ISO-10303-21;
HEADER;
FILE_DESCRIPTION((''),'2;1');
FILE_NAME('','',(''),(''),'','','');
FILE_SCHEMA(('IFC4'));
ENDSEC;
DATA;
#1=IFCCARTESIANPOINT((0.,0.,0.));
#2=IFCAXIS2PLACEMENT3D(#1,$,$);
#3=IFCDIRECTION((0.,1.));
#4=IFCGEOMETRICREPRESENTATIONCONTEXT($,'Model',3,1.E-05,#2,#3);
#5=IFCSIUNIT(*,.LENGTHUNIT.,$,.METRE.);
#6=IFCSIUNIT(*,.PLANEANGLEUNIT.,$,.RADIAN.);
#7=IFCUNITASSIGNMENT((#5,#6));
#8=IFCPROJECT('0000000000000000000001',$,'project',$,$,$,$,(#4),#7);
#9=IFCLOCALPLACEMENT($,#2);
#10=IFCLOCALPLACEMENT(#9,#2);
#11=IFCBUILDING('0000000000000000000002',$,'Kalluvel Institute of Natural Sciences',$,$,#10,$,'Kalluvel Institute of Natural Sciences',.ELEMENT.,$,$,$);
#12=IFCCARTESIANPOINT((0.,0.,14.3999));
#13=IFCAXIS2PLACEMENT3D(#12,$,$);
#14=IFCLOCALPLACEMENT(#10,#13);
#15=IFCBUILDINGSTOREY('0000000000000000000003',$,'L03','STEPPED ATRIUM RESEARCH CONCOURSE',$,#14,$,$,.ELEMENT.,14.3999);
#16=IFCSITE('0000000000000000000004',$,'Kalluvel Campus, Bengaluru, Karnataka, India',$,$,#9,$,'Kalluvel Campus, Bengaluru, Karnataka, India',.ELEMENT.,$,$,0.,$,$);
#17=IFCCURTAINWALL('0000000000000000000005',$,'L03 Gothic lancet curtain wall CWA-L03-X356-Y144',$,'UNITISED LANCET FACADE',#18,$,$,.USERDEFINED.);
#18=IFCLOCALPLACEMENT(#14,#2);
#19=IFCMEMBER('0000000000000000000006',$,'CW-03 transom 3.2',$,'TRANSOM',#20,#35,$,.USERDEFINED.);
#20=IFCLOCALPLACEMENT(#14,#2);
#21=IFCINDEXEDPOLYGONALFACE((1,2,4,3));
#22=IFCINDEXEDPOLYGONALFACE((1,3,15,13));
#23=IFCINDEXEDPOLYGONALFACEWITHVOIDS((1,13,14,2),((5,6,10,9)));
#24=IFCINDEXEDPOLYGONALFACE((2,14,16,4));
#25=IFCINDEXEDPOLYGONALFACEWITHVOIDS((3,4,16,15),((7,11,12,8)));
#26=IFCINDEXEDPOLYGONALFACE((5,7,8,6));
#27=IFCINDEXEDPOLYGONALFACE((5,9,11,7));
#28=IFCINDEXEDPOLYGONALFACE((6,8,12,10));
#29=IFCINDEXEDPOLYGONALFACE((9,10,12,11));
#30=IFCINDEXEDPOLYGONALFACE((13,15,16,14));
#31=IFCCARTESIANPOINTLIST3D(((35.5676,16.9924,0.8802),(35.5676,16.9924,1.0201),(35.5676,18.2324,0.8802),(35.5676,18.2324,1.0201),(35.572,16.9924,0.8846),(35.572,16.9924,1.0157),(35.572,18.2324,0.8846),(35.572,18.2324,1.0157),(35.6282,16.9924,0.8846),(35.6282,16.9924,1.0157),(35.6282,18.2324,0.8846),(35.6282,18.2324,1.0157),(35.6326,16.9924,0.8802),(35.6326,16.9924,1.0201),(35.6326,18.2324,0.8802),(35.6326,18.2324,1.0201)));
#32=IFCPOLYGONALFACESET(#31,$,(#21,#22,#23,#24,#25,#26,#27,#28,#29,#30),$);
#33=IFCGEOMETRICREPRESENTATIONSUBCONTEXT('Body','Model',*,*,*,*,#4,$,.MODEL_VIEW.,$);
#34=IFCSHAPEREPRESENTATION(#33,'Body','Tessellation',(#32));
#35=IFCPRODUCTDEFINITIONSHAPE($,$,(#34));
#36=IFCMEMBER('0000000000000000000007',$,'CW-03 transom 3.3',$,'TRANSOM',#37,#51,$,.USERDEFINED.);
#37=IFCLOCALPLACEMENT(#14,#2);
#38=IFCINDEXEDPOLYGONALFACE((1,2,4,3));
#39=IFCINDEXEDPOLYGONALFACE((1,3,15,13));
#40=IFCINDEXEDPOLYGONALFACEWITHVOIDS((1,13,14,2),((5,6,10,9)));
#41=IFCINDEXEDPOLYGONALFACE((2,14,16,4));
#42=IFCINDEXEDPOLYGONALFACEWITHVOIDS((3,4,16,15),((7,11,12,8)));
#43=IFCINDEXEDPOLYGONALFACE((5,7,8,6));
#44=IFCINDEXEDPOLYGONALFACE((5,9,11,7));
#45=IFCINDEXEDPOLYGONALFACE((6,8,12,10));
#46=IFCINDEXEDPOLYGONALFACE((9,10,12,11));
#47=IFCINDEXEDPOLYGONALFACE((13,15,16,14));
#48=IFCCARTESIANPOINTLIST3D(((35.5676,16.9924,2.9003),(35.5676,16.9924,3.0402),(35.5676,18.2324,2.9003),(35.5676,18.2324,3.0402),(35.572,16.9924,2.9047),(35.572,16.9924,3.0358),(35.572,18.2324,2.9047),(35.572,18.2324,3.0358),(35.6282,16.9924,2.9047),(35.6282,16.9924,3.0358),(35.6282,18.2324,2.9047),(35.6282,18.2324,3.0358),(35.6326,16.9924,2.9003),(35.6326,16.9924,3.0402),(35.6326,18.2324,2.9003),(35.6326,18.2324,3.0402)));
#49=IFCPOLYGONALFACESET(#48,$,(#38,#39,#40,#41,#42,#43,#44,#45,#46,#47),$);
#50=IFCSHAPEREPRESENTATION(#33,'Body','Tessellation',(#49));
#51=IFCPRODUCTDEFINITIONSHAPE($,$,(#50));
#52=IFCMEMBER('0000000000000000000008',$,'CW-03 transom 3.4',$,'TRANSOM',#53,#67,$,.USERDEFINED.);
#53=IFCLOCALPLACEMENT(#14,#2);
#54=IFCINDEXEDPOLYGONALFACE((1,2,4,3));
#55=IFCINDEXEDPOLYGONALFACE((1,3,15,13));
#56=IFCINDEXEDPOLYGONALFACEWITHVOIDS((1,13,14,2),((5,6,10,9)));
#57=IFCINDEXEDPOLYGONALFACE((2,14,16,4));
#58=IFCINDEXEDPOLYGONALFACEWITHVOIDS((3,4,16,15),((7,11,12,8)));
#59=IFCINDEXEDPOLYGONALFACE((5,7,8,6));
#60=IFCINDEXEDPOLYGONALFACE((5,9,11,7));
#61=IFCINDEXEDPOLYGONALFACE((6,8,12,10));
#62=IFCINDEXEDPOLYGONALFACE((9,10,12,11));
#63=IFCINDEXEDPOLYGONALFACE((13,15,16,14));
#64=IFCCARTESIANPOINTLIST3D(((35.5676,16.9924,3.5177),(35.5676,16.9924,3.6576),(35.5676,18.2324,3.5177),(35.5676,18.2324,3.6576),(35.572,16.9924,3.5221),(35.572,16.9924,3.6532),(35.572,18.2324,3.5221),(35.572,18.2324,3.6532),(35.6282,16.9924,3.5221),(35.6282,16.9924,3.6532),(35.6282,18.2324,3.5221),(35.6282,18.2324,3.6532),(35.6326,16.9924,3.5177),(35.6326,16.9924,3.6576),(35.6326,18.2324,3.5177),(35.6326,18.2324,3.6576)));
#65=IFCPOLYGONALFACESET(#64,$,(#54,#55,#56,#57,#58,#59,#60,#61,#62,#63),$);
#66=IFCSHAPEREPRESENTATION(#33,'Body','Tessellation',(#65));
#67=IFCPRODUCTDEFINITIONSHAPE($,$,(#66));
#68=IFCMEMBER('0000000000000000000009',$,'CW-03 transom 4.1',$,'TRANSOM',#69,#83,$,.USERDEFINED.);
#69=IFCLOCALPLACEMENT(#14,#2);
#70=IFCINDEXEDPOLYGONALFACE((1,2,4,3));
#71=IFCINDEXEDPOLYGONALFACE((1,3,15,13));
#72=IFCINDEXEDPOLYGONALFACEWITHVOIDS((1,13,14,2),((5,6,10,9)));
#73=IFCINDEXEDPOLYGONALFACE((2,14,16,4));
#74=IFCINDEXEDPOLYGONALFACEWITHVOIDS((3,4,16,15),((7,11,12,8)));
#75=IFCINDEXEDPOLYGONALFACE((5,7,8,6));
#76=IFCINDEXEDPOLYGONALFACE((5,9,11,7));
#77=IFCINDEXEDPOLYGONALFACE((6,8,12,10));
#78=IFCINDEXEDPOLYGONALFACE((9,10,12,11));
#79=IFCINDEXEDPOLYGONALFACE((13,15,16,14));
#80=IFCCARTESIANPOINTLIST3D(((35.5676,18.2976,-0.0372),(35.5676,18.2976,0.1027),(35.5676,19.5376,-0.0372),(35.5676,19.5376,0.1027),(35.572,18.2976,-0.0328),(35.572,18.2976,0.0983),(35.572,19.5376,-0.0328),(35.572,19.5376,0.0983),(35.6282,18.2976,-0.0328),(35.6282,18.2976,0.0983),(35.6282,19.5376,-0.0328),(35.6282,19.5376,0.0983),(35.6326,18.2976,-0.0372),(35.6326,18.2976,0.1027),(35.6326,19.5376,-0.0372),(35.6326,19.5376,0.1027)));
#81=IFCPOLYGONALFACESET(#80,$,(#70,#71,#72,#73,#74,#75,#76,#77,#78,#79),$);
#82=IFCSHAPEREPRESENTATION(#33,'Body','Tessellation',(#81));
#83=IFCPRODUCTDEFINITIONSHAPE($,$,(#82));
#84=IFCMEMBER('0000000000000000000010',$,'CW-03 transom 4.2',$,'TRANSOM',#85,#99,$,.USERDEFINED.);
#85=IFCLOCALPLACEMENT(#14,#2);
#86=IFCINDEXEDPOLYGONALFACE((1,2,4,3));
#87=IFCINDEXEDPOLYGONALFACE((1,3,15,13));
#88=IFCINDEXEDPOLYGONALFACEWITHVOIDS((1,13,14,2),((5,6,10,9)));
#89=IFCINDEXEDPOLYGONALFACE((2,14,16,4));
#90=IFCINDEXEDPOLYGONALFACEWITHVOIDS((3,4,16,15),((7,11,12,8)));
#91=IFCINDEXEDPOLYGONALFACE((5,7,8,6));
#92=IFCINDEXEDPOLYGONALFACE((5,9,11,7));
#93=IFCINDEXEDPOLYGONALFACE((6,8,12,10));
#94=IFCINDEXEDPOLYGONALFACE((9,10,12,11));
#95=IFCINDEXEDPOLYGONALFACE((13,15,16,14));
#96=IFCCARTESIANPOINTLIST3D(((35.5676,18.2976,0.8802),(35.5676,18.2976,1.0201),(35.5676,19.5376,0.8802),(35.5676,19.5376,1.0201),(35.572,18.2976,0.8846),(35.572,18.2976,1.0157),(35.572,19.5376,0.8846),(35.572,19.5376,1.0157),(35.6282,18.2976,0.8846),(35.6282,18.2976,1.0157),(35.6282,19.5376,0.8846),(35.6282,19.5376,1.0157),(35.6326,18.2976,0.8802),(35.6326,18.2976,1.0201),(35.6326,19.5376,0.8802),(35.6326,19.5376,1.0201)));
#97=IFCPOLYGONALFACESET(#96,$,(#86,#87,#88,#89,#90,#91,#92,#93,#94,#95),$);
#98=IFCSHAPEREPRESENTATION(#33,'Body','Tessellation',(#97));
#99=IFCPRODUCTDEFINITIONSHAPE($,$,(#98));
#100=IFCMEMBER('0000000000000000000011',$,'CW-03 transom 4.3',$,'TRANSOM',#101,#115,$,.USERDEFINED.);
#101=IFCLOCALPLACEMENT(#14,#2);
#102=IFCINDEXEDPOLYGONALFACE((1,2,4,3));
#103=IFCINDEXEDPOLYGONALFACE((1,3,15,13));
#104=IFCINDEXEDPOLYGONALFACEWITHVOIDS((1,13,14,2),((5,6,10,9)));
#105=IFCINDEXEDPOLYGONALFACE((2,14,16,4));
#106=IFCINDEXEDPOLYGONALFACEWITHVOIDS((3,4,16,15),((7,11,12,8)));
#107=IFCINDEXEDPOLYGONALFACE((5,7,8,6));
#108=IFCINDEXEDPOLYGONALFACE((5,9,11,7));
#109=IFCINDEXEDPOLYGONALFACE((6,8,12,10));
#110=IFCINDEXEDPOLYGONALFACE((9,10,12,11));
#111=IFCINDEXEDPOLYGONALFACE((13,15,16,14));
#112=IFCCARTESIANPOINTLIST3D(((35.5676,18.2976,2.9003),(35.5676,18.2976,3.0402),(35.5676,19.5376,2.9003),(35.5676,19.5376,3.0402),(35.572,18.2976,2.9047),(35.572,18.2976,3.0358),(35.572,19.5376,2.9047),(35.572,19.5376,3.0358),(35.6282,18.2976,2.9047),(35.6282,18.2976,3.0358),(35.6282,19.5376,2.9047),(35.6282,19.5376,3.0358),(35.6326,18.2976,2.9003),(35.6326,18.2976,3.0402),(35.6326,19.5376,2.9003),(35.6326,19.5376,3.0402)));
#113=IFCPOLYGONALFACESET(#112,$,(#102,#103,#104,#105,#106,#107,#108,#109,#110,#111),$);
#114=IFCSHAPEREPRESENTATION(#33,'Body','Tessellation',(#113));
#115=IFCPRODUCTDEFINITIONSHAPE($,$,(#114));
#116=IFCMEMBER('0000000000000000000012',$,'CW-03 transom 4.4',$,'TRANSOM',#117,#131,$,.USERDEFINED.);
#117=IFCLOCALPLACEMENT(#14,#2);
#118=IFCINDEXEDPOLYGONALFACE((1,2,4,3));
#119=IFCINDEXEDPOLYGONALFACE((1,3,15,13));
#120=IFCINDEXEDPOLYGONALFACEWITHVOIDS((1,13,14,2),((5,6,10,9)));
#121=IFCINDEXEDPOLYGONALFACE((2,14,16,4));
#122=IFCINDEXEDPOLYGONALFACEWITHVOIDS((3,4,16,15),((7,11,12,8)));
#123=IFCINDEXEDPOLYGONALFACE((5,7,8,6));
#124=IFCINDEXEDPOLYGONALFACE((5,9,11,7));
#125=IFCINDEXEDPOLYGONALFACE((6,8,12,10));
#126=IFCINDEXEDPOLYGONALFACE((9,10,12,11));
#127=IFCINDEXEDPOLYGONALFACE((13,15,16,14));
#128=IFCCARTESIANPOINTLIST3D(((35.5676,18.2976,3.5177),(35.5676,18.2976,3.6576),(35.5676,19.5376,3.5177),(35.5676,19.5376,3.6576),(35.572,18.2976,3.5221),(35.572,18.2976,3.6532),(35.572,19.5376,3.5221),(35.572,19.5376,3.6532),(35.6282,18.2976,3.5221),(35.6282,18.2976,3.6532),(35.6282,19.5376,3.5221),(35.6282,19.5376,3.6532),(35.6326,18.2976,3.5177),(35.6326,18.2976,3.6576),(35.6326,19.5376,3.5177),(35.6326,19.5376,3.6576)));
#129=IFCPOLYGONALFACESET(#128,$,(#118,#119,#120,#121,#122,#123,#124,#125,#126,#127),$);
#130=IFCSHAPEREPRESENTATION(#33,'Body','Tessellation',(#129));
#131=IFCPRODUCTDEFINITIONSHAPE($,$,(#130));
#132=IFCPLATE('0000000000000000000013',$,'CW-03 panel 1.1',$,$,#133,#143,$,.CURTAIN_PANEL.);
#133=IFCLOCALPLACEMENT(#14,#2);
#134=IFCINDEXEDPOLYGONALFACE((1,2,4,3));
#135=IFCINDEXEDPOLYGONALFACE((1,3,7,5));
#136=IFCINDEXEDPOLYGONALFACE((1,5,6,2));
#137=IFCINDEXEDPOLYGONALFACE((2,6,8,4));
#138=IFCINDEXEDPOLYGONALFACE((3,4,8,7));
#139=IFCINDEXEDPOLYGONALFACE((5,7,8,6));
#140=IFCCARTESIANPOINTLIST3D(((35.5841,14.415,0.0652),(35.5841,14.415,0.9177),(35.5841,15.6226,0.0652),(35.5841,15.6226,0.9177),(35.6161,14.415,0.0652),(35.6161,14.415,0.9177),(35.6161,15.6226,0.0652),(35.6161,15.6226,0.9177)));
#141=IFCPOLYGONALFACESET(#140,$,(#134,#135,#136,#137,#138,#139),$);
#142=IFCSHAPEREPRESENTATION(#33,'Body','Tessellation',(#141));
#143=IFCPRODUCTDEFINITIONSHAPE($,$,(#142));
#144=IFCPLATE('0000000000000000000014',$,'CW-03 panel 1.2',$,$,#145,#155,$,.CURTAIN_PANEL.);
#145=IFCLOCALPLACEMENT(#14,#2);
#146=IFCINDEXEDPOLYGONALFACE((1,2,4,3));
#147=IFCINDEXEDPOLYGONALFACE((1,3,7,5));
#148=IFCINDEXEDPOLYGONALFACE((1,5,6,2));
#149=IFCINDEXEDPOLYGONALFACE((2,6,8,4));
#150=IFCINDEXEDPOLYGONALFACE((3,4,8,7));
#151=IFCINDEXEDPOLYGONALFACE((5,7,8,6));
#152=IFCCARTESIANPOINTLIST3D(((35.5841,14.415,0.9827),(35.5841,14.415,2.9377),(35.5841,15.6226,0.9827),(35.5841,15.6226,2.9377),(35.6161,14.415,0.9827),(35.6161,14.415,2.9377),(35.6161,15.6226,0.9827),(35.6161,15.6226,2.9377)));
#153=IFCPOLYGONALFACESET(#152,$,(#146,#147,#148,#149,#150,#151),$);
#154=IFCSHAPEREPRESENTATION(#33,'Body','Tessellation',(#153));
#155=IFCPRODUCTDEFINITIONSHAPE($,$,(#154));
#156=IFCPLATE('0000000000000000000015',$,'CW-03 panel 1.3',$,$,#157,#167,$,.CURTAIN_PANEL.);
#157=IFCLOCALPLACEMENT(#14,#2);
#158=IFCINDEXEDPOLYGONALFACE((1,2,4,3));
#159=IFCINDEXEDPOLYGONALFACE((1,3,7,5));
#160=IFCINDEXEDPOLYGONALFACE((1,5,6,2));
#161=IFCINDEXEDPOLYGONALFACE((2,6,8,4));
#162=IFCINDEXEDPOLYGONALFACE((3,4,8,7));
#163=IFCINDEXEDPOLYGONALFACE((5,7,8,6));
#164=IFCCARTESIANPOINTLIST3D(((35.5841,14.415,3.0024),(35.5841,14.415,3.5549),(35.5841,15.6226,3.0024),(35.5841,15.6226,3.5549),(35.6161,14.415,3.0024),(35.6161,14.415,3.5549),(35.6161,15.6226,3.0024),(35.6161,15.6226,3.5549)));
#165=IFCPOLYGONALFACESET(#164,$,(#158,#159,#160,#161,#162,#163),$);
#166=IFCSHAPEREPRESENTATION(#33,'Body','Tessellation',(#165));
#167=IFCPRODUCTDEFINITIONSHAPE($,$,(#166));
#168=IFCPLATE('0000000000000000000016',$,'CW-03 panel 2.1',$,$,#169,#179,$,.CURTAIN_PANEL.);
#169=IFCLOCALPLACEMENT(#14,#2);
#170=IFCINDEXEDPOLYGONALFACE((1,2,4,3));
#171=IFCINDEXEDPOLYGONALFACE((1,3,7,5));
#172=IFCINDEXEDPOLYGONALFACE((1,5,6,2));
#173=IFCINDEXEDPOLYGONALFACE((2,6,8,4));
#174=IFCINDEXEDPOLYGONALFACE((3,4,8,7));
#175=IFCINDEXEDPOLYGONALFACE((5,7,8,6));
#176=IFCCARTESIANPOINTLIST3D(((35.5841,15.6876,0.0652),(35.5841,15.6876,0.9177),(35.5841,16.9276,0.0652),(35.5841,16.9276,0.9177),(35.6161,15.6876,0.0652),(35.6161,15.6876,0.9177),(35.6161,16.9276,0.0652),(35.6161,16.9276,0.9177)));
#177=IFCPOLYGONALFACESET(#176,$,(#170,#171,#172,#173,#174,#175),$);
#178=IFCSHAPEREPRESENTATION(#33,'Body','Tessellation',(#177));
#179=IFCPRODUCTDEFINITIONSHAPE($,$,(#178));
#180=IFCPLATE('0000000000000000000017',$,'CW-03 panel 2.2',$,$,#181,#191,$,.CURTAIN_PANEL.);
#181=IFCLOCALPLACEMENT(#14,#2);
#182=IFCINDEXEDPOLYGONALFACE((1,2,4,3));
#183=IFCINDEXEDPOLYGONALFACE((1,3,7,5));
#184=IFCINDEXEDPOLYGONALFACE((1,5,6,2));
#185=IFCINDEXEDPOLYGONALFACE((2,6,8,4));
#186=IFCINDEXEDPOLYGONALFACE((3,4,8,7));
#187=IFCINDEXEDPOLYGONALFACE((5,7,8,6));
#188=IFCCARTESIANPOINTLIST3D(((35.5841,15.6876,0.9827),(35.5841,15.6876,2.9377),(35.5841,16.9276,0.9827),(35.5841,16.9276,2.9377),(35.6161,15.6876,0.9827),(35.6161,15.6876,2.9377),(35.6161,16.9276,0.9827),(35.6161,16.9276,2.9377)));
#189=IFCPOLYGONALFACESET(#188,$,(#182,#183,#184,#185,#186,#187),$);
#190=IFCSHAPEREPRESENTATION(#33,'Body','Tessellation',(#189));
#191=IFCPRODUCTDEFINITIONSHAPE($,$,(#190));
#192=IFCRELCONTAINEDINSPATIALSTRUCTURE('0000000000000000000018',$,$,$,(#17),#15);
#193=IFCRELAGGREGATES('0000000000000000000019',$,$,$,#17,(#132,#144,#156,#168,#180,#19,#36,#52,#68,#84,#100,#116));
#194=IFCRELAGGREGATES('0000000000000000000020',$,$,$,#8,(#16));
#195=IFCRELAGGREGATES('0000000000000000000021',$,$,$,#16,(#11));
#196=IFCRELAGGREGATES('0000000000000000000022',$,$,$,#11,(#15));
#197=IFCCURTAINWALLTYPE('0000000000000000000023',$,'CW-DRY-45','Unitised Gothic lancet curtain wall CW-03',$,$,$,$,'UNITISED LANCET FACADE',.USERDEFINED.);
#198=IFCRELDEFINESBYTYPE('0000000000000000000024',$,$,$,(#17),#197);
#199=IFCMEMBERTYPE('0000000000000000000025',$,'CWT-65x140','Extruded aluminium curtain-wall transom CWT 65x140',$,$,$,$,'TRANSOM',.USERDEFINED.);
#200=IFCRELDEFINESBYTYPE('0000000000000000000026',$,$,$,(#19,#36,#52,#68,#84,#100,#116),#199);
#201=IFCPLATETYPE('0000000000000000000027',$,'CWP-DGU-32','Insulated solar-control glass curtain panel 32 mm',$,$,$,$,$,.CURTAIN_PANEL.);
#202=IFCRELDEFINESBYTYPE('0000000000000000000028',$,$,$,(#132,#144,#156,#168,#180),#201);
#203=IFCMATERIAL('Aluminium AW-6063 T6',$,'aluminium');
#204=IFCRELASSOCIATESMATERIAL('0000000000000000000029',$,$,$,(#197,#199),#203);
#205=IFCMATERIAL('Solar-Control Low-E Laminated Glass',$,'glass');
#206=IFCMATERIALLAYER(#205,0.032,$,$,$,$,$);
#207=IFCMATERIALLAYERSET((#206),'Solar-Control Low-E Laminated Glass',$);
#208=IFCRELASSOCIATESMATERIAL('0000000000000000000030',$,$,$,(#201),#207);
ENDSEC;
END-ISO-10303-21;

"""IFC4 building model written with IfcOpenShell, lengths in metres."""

from ifc_helpers import new_model, si_unit, direction, frame, origin, origin_2d, place, context, subcontext, project, spatial, rectangle, hollow_rectangle, extrude, material, layer, layer_set, material_profile, profile_set, type_object, element, aggregate, save


model = new_model("IFC4")

# Units and contexts
model_context = context("Model", 3, precision=1e-05, world=origin(), true_north=direction((0.0, 1.0)))
body_context = subcontext(model_context, "Body", "Model", "MODEL_VIEW")
ifc_project = project(units=[si_unit("LENGTHUNIT", "METRE"), si_unit("PLANEANGLEUNIT", "RADIAN")], contexts=[model_context])

# Site, building, storey
site_placement = place(None, origin())
site = spatial("IfcSite", under=ifc_project, at=site_placement, Name="Kalluvel Campus, Bengaluru, Karnataka, India", LongName="Kalluvel Campus, Bengaluru, Karnataka, India", CompositionType="ELEMENT", RefElevation=0.0)
building_placement = place(site_placement, origin())
building = spatial("IfcBuilding", under=site, at=building_placement, Name="Kalluvel Institute of Natural Sciences", LongName="Kalluvel Institute of Natural Sciences", CompositionType="ELEMENT")
storey_placement = place(building_placement, frame((0.0, 0.0, 14.3999)))
storey = spatial("IfcBuildingStorey", under=building, at=storey_placement, Name="L03", Description="STEPPED ATRIUM RESEARCH CONCOURSE", CompositionType="ELEMENT", Elevation=14.3999)

# Curtain wall, members, plates
ifc_material_1 = material(Name="Aluminium AW-6063 T6", Category="aluminium")
curtain_wall_type = type_object("IfcCurtainWallType", Name="CW-DRY-45", Description="Unitised Gothic lancet curtain wall CW-03", ElementType="UNITISED LANCET FACADE", PredefinedType="USERDEFINED", material=ifc_material_1)
curtain_wall_placement = place(storey_placement, origin())
curtain_wall = element("IfcCurtainWall", 1, at=curtain_wall_placement, inside=storey, type_object=curtain_wall_type, Name="L03 Gothic lancet curtain wall CWA-L03-X356-Y144", ObjectType="UNITISED LANCET FACADE", PredefinedType="USERDEFINED")
ifc_material_profile_1 = material_profile(ifc_material_1, hollow_rectangle(XDim=0.0649, YDim=0.1399, WallThickness=0.0044, at=origin_2d()), Name="CWT 65x140")
ifc_profile_set_1 = profile_set([ifc_material_profile_1], Name="Aluminium AW-6063 T6")
member_type_1 = type_object("IfcMemberType", Name="CWT-65x140", Description="Extruded aluminium curtain-wall transom CWT 65x140", ElementType="TRANSOM", PredefinedType="USERDEFINED", material=ifc_profile_set_1)
member_1_placement = place(storey_placement, frame((35.6001, 16.9924, 0.9502), z_axis=(0.0, 1.0, 0.0), x_axis=(-1.0, 0.0, 0.0)))
member_1 = element("IfcMember", 2, at=member_1_placement, type_object=member_type_1, Name="CW-03 transom 3.2", ObjectType="TRANSOM", PredefinedType="USERDEFINED", context=body_context, shape_type="SweptSolid", body=[
    extrude(hollow_rectangle(XDim=0.0649, YDim=0.1399, WallThickness=0.0044, at=origin_2d()), origin(), (0.0, 0.0, 1.0), 1.24),
])
member_2_placement = place(storey_placement, frame((35.6001, 16.9924, 2.9702), z_axis=(0.0, 1.0, 0.0), x_axis=(-1.0, 0.0, 0.0)))
member_2 = element("IfcMember", 3, at=member_2_placement, type_object=member_type_1, Name="CW-03 transom 3.3", ObjectType="TRANSOM", PredefinedType="USERDEFINED", context=body_context, shape_type="SweptSolid", body=[
    extrude(hollow_rectangle(XDim=0.0649, YDim=0.1399, WallThickness=0.0044, at=origin_2d()), origin(), (0.0, 0.0, 1.0), 1.24),
])
member_3_placement = place(storey_placement, frame((35.6001, 16.9924, 3.5876), z_axis=(0.0, 1.0, 0.0), x_axis=(-1.0, 0.0, 0.0)))
member_3 = element("IfcMember", 4, at=member_3_placement, type_object=member_type_1, Name="CW-03 transom 3.4", ObjectType="TRANSOM", PredefinedType="USERDEFINED", context=body_context, shape_type="SweptSolid", body=[
    extrude(hollow_rectangle(XDim=0.0649, YDim=0.1399, WallThickness=0.0044, at=origin_2d()), origin(), (0.0, 0.0, 1.0), 1.24),
])
member_4_placement = place(storey_placement, frame((35.6001, 18.2976, 0.0327), z_axis=(0.0, 1.0, 0.0), x_axis=(-1.0, 0.0, 0.0)))
member_4 = element("IfcMember", 5, at=member_4_placement, type_object=member_type_1, Name="CW-03 transom 4.1", ObjectType="TRANSOM", PredefinedType="USERDEFINED", context=body_context, shape_type="SweptSolid", body=[
    extrude(hollow_rectangle(XDim=0.0649, YDim=0.1399, WallThickness=0.0044, at=origin_2d()), origin(), (0.0, 0.0, 1.0), 1.24),
])
member_5_placement = place(storey_placement, frame((35.6001, 18.2976, 0.9502), z_axis=(0.0, 1.0, 0.0), x_axis=(-1.0, 0.0, 0.0)))
member_5 = element("IfcMember", 6, at=member_5_placement, type_object=member_type_1, Name="CW-03 transom 4.2", ObjectType="TRANSOM", PredefinedType="USERDEFINED", context=body_context, shape_type="SweptSolid", body=[
    extrude(hollow_rectangle(XDim=0.0649, YDim=0.1399, WallThickness=0.0044, at=origin_2d()), origin(), (0.0, 0.0, 1.0), 1.24),
])
member_6_placement = place(storey_placement, frame((35.6001, 18.2976, 2.9702), z_axis=(0.0, 1.0, 0.0), x_axis=(-1.0, 0.0, 0.0)))
member_6 = element("IfcMember", 7, at=member_6_placement, type_object=member_type_1, Name="CW-03 transom 4.3", ObjectType="TRANSOM", PredefinedType="USERDEFINED", context=body_context, shape_type="SweptSolid", body=[
    extrude(hollow_rectangle(XDim=0.0649, YDim=0.1399, WallThickness=0.0044, at=origin_2d()), origin(), (0.0, 0.0, 1.0), 1.24),
])
member_7_placement = place(storey_placement, frame((35.6001, 18.2976, 3.5876), z_axis=(0.0, 1.0, 0.0), x_axis=(-1.0, 0.0, 0.0)))
member_7 = element("IfcMember", 8, at=member_7_placement, type_object=member_type_1, Name="CW-03 transom 4.4", ObjectType="TRANSOM", PredefinedType="USERDEFINED", context=body_context, shape_type="SweptSolid", body=[
    extrude(hollow_rectangle(XDim=0.0649, YDim=0.1399, WallThickness=0.0044, at=origin_2d()), origin(), (0.0, 0.0, 1.0), 1.24),
])
ifc_material_2 = material(Name="Solar-Control Low-E Laminated Glass", Category="glass")
ifc_layer = layer(ifc_material_2, 0.032)
ifc_layer_set = layer_set([ifc_layer], Name="Solar-Control Low-E Laminated Glass")
plate_type = type_object("IfcPlateType", Name="CWP-DGU-32", Description="Insulated solar-control glass curtain panel 32 mm", PredefinedType="CURTAIN_PANEL", material=ifc_layer_set)
plate_1_placement = place(storey_placement, frame((35.6001, 15.0188, 0.0652), z_axis=(0.0, 0.0, 1.0), x_axis=(0.0, 1.0, 0.0)))
plate_1 = element("IfcPlate", 9, at=plate_1_placement, type_object=plate_type, Name="CW-03 panel 1.1", PredefinedType="CURTAIN_PANEL", context=body_context, shape_type="SweptSolid", body=[
    extrude(rectangle(XDim=1.2075, YDim=0.032, at=origin_2d()), origin(), (0.0, 0.0, 1.0), 0.8525),
])
plate_2_placement = place(storey_placement, frame((35.6001, 15.0188, 0.9827), z_axis=(0.0, 0.0, 1.0), x_axis=(0.0, 1.0, 0.0)))
plate_2 = element("IfcPlate", 10, at=plate_2_placement, type_object=plate_type, Name="CW-03 panel 1.2", PredefinedType="CURTAIN_PANEL", context=body_context, shape_type="SweptSolid", body=[
    extrude(rectangle(XDim=1.2075, YDim=0.032, at=origin_2d()), origin(), (0.0, 0.0, 1.0), 1.9551),
])
plate_3_placement = place(storey_placement, frame((35.6001, 15.0188, 3.0024), z_axis=(0.0, 0.0, 1.0), x_axis=(0.0, 1.0, 0.0)))
plate_3 = element("IfcPlate", 11, at=plate_3_placement, type_object=plate_type, Name="CW-03 panel 1.3", PredefinedType="CURTAIN_PANEL", context=body_context, shape_type="SweptSolid", body=[
    extrude(rectangle(XDim=1.2075, YDim=0.032, at=origin_2d()), origin(), (0.0, 0.0, 1.0), 0.5525),
])
plate_4_placement = place(storey_placement, frame((35.6001, 16.3076, 0.0652), z_axis=(0.0, 0.0, 1.0), x_axis=(0.0, 1.0, 0.0)))
plate_4 = element("IfcPlate", 12, at=plate_4_placement, type_object=plate_type, Name="CW-03 panel 2.1", PredefinedType="CURTAIN_PANEL", context=body_context, shape_type="SweptSolid", body=[
    extrude(rectangle(XDim=1.24, YDim=0.032, at=origin_2d()), origin(), (0.0, 0.0, 1.0), 0.8525),
])
plate_5_placement = place(storey_placement, frame((35.6001, 16.3076, 0.9827), z_axis=(0.0, 0.0, 1.0), x_axis=(0.0, 1.0, 0.0)))
plate_5 = element("IfcPlate", 13, at=plate_5_placement, type_object=plate_type, Name="CW-03 panel 2.2", PredefinedType="CURTAIN_PANEL", context=body_context, shape_type="SweptSolid", body=[
    extrude(rectangle(XDim=1.24, YDim=0.032, at=origin_2d()), origin(), (0.0, 0.0, 1.0), 1.9551),
])
aggregate(curtain_wall, [plate_1, plate_2, plate_3, plate_4, plate_5, member_1, member_2, member_3, member_4, member_5, member_6, member_7])

save(model, "model.ifc")
